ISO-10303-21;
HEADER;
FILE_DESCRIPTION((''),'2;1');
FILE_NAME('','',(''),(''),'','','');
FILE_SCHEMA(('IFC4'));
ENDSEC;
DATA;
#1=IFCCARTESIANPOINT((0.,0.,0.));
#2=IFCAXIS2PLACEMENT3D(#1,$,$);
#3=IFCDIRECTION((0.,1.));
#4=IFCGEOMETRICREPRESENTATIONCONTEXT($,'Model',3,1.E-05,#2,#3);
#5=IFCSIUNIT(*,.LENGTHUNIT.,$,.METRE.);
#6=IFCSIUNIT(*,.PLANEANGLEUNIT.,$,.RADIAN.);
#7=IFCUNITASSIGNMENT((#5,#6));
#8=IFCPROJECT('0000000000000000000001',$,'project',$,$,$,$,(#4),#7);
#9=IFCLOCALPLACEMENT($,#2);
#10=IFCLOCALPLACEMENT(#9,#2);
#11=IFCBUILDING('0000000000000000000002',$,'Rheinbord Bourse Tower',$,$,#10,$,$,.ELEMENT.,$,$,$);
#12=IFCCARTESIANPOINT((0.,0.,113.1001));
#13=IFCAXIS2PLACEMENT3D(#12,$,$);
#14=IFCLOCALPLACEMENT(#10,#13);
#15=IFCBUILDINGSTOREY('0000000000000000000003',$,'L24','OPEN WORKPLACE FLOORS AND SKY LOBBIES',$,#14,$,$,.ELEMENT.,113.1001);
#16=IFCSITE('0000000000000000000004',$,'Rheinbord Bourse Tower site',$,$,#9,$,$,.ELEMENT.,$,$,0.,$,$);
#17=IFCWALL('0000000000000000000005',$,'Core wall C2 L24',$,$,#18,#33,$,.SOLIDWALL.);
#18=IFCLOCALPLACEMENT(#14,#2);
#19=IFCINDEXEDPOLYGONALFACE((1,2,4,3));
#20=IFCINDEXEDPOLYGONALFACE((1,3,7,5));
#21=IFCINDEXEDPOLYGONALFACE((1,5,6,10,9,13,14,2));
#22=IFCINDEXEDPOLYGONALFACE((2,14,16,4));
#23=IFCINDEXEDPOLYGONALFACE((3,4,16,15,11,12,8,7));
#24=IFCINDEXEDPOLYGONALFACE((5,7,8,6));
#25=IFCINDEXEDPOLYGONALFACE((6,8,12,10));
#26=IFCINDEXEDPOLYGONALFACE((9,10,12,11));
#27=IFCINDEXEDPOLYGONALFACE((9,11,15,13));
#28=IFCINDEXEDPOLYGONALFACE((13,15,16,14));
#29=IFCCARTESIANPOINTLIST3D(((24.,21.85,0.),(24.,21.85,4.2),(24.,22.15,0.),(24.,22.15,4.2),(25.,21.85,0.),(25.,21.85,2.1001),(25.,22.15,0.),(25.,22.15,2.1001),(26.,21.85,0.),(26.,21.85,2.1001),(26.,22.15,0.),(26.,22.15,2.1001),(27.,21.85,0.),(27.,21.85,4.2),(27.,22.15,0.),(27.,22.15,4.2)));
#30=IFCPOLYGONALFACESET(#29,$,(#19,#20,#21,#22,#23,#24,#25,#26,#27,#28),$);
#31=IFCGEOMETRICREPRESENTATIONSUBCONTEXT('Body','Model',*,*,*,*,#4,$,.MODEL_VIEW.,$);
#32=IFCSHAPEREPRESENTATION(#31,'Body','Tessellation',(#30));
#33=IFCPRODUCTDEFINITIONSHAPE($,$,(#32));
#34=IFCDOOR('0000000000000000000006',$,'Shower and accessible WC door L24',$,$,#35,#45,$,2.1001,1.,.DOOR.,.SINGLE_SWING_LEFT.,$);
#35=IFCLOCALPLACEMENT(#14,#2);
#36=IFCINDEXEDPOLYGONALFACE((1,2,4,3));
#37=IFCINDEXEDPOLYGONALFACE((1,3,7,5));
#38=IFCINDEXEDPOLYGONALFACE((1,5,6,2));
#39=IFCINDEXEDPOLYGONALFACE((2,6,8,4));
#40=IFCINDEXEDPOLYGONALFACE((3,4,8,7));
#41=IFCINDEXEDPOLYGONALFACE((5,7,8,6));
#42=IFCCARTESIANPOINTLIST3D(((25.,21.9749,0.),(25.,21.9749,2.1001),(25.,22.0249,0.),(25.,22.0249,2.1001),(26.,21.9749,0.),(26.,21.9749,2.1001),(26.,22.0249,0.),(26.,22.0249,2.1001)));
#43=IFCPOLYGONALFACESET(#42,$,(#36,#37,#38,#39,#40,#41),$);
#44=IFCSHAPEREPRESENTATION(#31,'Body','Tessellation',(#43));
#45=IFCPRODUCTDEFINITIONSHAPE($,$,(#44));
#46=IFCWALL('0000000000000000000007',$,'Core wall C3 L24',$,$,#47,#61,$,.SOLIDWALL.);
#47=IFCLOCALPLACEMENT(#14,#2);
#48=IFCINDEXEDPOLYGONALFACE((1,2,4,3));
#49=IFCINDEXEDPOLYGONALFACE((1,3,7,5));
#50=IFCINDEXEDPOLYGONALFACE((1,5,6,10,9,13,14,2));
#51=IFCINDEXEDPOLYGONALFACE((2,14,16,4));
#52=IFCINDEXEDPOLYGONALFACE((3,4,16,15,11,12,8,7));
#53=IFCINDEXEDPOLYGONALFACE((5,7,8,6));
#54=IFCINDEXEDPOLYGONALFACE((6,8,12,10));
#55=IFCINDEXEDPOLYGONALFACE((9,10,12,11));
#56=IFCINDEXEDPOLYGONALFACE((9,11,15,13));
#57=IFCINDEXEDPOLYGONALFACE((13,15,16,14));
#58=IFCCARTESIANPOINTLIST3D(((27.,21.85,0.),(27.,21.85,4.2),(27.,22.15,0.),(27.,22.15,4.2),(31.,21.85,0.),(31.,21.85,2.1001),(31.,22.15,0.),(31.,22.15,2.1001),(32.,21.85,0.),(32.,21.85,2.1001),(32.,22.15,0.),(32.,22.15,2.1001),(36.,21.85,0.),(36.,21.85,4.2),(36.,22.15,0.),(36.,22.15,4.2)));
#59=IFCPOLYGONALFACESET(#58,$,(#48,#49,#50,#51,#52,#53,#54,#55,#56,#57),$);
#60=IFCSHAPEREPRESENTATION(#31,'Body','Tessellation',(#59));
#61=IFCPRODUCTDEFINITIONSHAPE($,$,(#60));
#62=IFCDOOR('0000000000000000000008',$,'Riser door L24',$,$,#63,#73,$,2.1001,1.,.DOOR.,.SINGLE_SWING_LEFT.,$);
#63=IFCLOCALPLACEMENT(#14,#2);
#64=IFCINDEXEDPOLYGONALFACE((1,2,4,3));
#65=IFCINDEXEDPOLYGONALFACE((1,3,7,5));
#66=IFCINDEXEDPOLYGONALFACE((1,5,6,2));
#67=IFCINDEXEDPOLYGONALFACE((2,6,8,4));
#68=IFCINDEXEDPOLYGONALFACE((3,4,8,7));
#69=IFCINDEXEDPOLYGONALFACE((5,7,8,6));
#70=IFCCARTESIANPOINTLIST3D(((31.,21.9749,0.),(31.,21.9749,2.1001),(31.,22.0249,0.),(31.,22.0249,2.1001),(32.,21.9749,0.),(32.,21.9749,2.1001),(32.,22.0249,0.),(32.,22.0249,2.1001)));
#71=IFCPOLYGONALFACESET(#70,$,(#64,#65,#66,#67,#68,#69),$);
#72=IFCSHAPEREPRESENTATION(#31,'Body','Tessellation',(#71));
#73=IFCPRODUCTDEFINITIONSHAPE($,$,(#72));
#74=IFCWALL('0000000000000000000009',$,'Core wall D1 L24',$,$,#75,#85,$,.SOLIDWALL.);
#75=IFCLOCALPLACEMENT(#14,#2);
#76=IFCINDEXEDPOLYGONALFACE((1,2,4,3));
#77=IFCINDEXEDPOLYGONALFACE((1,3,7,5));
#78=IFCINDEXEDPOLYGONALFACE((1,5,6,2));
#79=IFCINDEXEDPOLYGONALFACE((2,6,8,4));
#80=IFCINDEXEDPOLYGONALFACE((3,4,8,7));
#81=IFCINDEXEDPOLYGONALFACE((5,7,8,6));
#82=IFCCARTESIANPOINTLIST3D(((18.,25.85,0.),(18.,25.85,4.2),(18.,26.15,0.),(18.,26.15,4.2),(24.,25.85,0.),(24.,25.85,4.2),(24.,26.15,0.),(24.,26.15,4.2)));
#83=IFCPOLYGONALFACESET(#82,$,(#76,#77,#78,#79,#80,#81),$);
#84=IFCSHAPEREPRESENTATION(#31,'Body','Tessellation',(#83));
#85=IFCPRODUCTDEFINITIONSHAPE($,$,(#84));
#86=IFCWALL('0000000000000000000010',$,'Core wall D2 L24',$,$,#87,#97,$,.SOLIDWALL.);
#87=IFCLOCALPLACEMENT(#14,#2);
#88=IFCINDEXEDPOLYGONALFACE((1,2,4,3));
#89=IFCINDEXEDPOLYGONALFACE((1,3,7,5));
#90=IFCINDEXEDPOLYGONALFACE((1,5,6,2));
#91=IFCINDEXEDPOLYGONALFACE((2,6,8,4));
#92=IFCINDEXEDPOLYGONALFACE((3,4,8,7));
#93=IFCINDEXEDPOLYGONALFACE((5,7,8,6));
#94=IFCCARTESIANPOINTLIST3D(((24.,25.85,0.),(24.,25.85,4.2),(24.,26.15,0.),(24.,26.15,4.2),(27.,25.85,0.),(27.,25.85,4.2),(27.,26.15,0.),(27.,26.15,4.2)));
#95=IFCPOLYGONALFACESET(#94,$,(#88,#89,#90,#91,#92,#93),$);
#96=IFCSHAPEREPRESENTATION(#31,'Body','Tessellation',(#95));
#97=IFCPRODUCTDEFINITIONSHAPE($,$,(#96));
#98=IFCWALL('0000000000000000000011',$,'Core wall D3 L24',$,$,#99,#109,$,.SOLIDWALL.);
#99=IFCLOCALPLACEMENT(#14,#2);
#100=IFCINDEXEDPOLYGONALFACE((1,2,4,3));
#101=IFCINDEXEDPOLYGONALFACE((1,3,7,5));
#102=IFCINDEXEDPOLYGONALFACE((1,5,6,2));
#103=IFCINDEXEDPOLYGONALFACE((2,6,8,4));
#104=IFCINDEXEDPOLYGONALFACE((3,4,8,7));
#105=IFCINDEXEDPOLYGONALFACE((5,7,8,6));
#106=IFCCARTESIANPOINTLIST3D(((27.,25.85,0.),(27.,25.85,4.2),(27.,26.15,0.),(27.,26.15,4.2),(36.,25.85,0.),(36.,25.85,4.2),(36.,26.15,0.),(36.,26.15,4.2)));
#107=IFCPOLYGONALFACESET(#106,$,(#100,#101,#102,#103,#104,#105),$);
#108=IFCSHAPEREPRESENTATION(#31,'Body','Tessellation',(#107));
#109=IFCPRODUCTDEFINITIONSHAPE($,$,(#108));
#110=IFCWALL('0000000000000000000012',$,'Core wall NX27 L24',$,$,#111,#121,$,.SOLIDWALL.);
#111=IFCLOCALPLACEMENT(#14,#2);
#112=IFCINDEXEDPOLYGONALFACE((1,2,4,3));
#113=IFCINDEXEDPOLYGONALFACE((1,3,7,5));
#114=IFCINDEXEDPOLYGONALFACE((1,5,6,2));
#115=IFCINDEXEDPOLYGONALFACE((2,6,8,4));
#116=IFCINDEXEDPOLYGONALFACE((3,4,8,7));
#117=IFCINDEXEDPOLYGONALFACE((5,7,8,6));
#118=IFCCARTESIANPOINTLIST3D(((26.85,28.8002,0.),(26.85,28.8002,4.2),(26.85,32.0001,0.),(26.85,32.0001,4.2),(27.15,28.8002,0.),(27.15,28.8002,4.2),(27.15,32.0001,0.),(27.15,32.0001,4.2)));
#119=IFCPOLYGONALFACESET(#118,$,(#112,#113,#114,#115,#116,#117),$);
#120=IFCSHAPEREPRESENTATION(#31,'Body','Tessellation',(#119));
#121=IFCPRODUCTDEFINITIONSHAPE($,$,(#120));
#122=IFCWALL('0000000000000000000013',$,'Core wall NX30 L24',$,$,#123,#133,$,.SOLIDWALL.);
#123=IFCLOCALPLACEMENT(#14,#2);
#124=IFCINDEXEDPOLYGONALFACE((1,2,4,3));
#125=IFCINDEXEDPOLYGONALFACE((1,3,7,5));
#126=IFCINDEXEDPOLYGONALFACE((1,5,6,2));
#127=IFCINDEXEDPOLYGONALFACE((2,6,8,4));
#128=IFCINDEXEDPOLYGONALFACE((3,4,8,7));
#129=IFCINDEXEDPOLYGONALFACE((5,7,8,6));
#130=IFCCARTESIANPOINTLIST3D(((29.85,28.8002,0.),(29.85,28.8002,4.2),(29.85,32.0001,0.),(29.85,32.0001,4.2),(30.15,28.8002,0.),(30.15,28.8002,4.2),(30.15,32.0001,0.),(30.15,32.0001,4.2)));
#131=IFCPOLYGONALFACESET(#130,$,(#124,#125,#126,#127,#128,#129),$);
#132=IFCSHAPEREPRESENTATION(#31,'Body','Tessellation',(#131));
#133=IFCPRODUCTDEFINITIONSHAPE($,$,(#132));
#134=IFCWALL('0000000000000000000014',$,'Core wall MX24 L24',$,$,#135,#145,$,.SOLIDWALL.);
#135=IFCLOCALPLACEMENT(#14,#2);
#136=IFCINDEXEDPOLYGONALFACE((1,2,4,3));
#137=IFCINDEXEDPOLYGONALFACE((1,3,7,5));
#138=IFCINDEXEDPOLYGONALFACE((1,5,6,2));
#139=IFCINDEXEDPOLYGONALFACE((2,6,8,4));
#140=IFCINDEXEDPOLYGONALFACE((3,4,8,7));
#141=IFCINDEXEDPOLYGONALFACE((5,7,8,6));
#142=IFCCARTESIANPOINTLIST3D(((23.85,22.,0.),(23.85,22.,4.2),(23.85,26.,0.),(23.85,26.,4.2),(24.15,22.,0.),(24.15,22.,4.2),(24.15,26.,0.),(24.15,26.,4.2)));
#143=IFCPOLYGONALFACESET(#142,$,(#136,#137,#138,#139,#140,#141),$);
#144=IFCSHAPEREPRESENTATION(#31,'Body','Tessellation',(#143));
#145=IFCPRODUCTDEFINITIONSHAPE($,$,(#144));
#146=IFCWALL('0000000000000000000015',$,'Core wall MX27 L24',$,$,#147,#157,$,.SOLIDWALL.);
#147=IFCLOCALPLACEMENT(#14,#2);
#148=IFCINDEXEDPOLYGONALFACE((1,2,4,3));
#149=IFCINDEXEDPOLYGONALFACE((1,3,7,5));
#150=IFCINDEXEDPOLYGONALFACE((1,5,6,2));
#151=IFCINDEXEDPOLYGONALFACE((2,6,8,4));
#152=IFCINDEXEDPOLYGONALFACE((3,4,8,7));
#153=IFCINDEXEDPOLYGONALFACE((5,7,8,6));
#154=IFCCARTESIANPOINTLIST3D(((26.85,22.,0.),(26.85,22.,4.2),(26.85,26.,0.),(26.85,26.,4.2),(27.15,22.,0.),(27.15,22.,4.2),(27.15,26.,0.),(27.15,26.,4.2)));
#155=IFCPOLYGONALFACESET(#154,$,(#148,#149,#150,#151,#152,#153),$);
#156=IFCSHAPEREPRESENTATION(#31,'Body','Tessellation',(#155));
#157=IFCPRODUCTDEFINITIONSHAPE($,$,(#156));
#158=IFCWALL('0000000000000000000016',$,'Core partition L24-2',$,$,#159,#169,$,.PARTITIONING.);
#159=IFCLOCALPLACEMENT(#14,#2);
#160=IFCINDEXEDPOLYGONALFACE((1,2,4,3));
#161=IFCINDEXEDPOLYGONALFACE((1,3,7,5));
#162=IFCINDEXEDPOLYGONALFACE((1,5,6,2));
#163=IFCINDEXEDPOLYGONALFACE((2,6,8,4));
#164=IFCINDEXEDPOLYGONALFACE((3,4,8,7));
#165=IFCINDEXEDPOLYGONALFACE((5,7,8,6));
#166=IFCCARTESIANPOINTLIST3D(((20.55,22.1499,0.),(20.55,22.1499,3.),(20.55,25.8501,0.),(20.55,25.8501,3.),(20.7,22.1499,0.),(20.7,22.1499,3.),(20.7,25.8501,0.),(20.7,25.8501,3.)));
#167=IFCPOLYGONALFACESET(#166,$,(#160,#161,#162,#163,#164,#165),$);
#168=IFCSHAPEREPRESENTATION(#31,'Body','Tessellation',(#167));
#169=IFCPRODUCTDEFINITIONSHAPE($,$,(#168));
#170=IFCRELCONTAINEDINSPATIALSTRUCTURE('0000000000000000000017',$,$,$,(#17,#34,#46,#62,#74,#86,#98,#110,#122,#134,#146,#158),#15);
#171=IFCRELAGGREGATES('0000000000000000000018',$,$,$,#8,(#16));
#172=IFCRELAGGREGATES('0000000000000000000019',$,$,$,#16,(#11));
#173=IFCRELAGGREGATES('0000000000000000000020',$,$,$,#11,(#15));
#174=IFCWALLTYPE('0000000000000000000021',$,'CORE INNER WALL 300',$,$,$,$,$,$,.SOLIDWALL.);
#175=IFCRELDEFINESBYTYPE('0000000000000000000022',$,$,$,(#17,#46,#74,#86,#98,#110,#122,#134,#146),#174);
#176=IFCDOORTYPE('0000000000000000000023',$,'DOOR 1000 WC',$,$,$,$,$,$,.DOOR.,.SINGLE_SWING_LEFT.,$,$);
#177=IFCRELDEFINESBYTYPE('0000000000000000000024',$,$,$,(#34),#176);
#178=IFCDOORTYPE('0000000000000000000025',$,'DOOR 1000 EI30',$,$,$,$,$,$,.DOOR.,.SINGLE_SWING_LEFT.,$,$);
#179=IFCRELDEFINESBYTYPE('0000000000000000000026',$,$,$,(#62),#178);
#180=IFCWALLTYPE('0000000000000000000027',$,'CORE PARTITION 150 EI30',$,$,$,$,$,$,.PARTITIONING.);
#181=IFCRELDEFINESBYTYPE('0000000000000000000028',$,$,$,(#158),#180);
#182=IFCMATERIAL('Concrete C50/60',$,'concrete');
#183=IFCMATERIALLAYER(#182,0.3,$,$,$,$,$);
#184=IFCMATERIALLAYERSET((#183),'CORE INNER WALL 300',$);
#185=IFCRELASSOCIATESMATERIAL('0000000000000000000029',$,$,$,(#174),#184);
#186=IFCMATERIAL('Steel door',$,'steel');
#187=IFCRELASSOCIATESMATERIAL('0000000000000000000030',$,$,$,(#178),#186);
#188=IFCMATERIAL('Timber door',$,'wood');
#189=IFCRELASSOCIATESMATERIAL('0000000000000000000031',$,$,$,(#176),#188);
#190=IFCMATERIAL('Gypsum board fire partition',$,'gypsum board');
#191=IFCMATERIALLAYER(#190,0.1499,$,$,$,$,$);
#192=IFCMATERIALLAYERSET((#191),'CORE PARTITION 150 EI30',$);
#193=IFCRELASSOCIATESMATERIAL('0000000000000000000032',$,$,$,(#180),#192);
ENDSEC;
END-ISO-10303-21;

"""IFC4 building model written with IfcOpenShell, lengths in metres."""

from ifc_helpers import new_model, si_unit, direction, frame, frame_2d, origin, place, context, subcontext, project, spatial, rectangle, extrude, material, layer, layer_set, type_object, element, fill, save


model = new_model("IFC4")

# Units and contexts
model_context = context("Model", 3, precision=1e-05, world=origin(), true_north=direction((0.0, 1.0)))
body_context = subcontext(model_context, "Body", "Model", "MODEL_VIEW")
ifc_project = project(units=[si_unit("LENGTHUNIT", "METRE"), si_unit("PLANEANGLEUNIT", "RADIAN")], contexts=[model_context])

# Site, building, storey
site_placement = place(None, origin())
site = spatial("IfcSite", under=ifc_project, at=site_placement, Name="Rheinbord Bourse Tower site", CompositionType="ELEMENT", RefElevation=0.0)
building_placement = place(site_placement, origin())
building = spatial("IfcBuilding", under=site, at=building_placement, Name="Rheinbord Bourse Tower", CompositionType="ELEMENT")
storey_placement = place(building_placement, frame((0.0, 0.0, 113.1001)))
storey = spatial("IfcBuildingStorey", under=building, at=storey_placement, Name="L24", Description="OPEN WORKPLACE FLOORS AND SKY LOBBIES", CompositionType="ELEMENT", Elevation=113.1001)

# Shared definitions
ifc_material_1 = material(Name="Concrete C50/60", Category="concrete")
ifc_layer_1 = layer(ifc_material_1, 0.3)
ifc_layer_set_1 = layer_set([ifc_layer_1], Name="CORE INNER WALL 300")
wall_type_1 = type_object("IfcWallType", Name="CORE INNER WALL 300", PredefinedType="SOLIDWALL", material=ifc_layer_set_1)
ifc_material_2 = material(Name="Steel door", Category="steel")
door_type_1 = type_object("IfcDoorType", Name="DOOR 1000 EI30", OperationType="SINGLE_SWING_LEFT", PredefinedType="DOOR", material=ifc_material_2)

# Shared definitions
ifc_material_3 = material(Name="Timber door", Category="wood")
door_type_2 = type_object("IfcDoorType", Name="DOOR 1000 WC", OperationType="SINGLE_SWING_LEFT", PredefinedType="DOOR", material=ifc_material_3)

# Walls, openings, doors
wall_1_placement = place(storey_placement, frame((24.0, 22.0, 0.0), z_axis=(0.0, 0.0, 1.0), x_axis=(1.0, 0.0, 0.0)))
wall_1 = element("IfcWall", 1, at=wall_1_placement, inside=storey, type_object=wall_type_1, Name="Core wall C2 L24", PredefinedType="SOLIDWALL", context=body_context, shape_type="SweptSolid", body=[
    extrude(rectangle(XDim=3.0, YDim=0.3, at=frame_2d((1.5, 0.0))), origin(), (0.0, 0.0, 1.0), 4.2),
])
opening_1_placement = place(wall_1_placement, frame((1.0, 0.0, 0.0)))
opening_1 = element("IfcOpeningElement", 2, at=opening_1_placement, cuts=wall_1, PredefinedType="OPENING", context=body_context, shape_type="SweptSolid", body=[
    extrude(rectangle(XDim=1.0, YDim=2.1001, at=frame_2d((0.5, 1.05))), frame((0.0, 0.1599, 0.0), z_axis=(0.0, -1.0, 0.0), x_axis=(1.0, 0.0, 0.0)), (0.0, 0.0, 1.0), 0.3201),
])
door_1_placement = place(opening_1_placement, origin())
door_1 = element("IfcDoor", 3, at=door_1_placement, inside=storey, type_object=door_type_2, Name="Shower and accessible WC door L24", OperationType="SINGLE_SWING_LEFT", OverallHeight=2.1001, OverallWidth=1.0, PredefinedType="DOOR", context=body_context, shape_type="SweptSolid", body=[
    extrude(rectangle(XDim=1.0, YDim=2.1001, at=frame_2d((0.5, 1.05))), frame((0.0, 0.0249, 0.0), z_axis=(0.0, -1.0, 0.0), x_axis=(1.0, 0.0, 0.0)), (0.0, 0.0, 1.0), 0.05),
])
fill(opening_1, door_1)
wall_2_placement = place(storey_placement, frame((27.0, 22.0, 0.0), z_axis=(0.0, 0.0, 1.0), x_axis=(1.0, 0.0, 0.0)))
wall_2 = element("IfcWall", 4, at=wall_2_placement, inside=storey, type_object=wall_type_1, Name="Core wall C3 L24", PredefinedType="SOLIDWALL", context=body_context, shape_type="SweptSolid", body=[
    extrude(rectangle(XDim=9.0, YDim=0.3, at=frame_2d((4.5, 0.0))), origin(), (0.0, 0.0, 1.0), 4.2),
])
opening_2_placement = place(wall_2_placement, frame((4.0, 0.0, 0.0)))
opening_2 = element("IfcOpeningElement", 5, at=opening_2_placement, cuts=wall_2, PredefinedType="OPENING", context=body_context, shape_type="SweptSolid", body=[
    extrude(rectangle(XDim=1.0, YDim=2.1001, at=frame_2d((0.5, 1.05))), frame((0.0, 0.1599, 0.0), z_axis=(0.0, -1.0, 0.0), x_axis=(1.0, 0.0, 0.0)), (0.0, 0.0, 1.0), 0.3201),
])
door_2_placement = place(opening_2_placement, origin())
door_2 = element("IfcDoor", 6, at=door_2_placement, inside=storey, type_object=door_type_1, Name="Riser door L24", OperationType="SINGLE_SWING_LEFT", OverallHeight=2.1001, OverallWidth=1.0, PredefinedType="DOOR", context=body_context, shape_type="SweptSolid", body=[
    extrude(rectangle(XDim=1.0, YDim=2.1001, at=frame_2d((0.5, 1.05))), frame((0.0, 0.0249, 0.0), z_axis=(0.0, -1.0, 0.0), x_axis=(1.0, 0.0, 0.0)), (0.0, 0.0, 1.0), 0.05),
])
fill(opening_2, door_2)

# Walls
wall_3_placement = place(storey_placement, frame((18.0, 26.0, 0.0), z_axis=(0.0, 0.0, 1.0), x_axis=(1.0, 0.0, 0.0)))
element("IfcWall", 7, at=wall_3_placement, inside=storey, type_object=wall_type_1, Name="Core wall D1 L24", PredefinedType="SOLIDWALL", context=body_context, shape_type="SweptSolid", body=[
    extrude(rectangle(XDim=6.0, YDim=0.3, at=frame_2d((3.0, 0.0))), origin(), (0.0, 0.0, 1.0), 4.2),
])
wall_4_placement = place(storey_placement, frame((24.0, 26.0, 0.0), z_axis=(0.0, 0.0, 1.0), x_axis=(1.0, 0.0, 0.0)))
element("IfcWall", 8, at=wall_4_placement, inside=storey, type_object=wall_type_1, Name="Core wall D2 L24", PredefinedType="SOLIDWALL", context=body_context, shape_type="SweptSolid", body=[
    extrude(rectangle(XDim=3.0, YDim=0.3, at=frame_2d((1.5, 0.0))), origin(), (0.0, 0.0, 1.0), 4.2),
])
wall_5_placement = place(storey_placement, frame((27.0, 26.0, 0.0), z_axis=(0.0, 0.0, 1.0), x_axis=(1.0, 0.0, 0.0)))
element("IfcWall", 9, at=wall_5_placement, inside=storey, type_object=wall_type_1, Name="Core wall D3 L24", PredefinedType="SOLIDWALL", context=body_context, shape_type="SweptSolid", body=[
    extrude(rectangle(XDim=9.0, YDim=0.3, at=frame_2d((4.5, 0.0))), origin(), (0.0, 0.0, 1.0), 4.2),
])
for number, where, z_axis, x_axis, name in (
    (10, (27.0, 28.8, 0.0), (0.0, 0.0, 1.0), (0.0, 1.0, 0.0), "Core wall NX27 L24"),
    (11, (30.0, 28.8, 0.0), (0.0, 0.0, 1.0), (0.0, 1.0, 0.0), "Core wall NX30 L24"),
):
    element("IfcWall", number, at=place(storey_placement, frame(where, z_axis=z_axis, x_axis=x_axis)), inside=storey, type_object=wall_type_1, Name=name, PredefinedType="SOLIDWALL", context=body_context, shape_type="SweptSolid", body=[
        extrude(rectangle(XDim=3.2, YDim=0.3, at=frame_2d((1.6001, 0.0))), origin(), (0.0, 0.0, 1.0), 4.2),
    ])
for number, where, z_axis, x_axis, name in (
    (12, (24.0, 22.0, 0.0), (0.0, 0.0, 1.0), (0.0, 1.0, 0.0), "Core wall MX24 L24"),
    (13, (27.0, 22.0, 0.0), (0.0, 0.0, 1.0), (0.0, 1.0, 0.0), "Core wall MX27 L24"),
):
    element("IfcWall", number, at=place(storey_placement, frame(where, z_axis=z_axis, x_axis=x_axis)), inside=storey, type_object=wall_type_1, Name=name, PredefinedType="SOLIDWALL", context=body_context, shape_type="SweptSolid", body=[
        extrude(rectangle(XDim=4.0, YDim=0.3, at=frame_2d((2.0, 0.0))), origin(), (0.0, 0.0, 1.0), 4.2),
    ])
ifc_material_4 = material(Name="Gypsum board fire partition", Category="gypsum board")
ifc_layer_2 = layer(ifc_material_4, 0.1499)
ifc_layer_set_2 = layer_set([ifc_layer_2], Name="CORE PARTITION 150 EI30")
wall_type_2 = type_object("IfcWallType", Name="CORE PARTITION 150 EI30", PredefinedType="PARTITIONING", material=ifc_layer_set_2)
wall_6_placement = place(storey_placement, frame((20.625, 22.1499, 0.0), z_axis=(0.0, 0.0, 1.0), x_axis=(0.0, 1.0, 0.0)))
element("IfcWall", 14, at=wall_6_placement, inside=storey, type_object=wall_type_2, Name="Core partition L24-2", PredefinedType="PARTITIONING", context=body_context, shape_type="SweptSolid", body=[
    extrude(rectangle(XDim=3.7002, YDim=0.1499, at=frame_2d((1.8501, 0.0))), origin(), (0.0, 0.0, 1.0), 3.0),
])

save(model, "model.ifc")
